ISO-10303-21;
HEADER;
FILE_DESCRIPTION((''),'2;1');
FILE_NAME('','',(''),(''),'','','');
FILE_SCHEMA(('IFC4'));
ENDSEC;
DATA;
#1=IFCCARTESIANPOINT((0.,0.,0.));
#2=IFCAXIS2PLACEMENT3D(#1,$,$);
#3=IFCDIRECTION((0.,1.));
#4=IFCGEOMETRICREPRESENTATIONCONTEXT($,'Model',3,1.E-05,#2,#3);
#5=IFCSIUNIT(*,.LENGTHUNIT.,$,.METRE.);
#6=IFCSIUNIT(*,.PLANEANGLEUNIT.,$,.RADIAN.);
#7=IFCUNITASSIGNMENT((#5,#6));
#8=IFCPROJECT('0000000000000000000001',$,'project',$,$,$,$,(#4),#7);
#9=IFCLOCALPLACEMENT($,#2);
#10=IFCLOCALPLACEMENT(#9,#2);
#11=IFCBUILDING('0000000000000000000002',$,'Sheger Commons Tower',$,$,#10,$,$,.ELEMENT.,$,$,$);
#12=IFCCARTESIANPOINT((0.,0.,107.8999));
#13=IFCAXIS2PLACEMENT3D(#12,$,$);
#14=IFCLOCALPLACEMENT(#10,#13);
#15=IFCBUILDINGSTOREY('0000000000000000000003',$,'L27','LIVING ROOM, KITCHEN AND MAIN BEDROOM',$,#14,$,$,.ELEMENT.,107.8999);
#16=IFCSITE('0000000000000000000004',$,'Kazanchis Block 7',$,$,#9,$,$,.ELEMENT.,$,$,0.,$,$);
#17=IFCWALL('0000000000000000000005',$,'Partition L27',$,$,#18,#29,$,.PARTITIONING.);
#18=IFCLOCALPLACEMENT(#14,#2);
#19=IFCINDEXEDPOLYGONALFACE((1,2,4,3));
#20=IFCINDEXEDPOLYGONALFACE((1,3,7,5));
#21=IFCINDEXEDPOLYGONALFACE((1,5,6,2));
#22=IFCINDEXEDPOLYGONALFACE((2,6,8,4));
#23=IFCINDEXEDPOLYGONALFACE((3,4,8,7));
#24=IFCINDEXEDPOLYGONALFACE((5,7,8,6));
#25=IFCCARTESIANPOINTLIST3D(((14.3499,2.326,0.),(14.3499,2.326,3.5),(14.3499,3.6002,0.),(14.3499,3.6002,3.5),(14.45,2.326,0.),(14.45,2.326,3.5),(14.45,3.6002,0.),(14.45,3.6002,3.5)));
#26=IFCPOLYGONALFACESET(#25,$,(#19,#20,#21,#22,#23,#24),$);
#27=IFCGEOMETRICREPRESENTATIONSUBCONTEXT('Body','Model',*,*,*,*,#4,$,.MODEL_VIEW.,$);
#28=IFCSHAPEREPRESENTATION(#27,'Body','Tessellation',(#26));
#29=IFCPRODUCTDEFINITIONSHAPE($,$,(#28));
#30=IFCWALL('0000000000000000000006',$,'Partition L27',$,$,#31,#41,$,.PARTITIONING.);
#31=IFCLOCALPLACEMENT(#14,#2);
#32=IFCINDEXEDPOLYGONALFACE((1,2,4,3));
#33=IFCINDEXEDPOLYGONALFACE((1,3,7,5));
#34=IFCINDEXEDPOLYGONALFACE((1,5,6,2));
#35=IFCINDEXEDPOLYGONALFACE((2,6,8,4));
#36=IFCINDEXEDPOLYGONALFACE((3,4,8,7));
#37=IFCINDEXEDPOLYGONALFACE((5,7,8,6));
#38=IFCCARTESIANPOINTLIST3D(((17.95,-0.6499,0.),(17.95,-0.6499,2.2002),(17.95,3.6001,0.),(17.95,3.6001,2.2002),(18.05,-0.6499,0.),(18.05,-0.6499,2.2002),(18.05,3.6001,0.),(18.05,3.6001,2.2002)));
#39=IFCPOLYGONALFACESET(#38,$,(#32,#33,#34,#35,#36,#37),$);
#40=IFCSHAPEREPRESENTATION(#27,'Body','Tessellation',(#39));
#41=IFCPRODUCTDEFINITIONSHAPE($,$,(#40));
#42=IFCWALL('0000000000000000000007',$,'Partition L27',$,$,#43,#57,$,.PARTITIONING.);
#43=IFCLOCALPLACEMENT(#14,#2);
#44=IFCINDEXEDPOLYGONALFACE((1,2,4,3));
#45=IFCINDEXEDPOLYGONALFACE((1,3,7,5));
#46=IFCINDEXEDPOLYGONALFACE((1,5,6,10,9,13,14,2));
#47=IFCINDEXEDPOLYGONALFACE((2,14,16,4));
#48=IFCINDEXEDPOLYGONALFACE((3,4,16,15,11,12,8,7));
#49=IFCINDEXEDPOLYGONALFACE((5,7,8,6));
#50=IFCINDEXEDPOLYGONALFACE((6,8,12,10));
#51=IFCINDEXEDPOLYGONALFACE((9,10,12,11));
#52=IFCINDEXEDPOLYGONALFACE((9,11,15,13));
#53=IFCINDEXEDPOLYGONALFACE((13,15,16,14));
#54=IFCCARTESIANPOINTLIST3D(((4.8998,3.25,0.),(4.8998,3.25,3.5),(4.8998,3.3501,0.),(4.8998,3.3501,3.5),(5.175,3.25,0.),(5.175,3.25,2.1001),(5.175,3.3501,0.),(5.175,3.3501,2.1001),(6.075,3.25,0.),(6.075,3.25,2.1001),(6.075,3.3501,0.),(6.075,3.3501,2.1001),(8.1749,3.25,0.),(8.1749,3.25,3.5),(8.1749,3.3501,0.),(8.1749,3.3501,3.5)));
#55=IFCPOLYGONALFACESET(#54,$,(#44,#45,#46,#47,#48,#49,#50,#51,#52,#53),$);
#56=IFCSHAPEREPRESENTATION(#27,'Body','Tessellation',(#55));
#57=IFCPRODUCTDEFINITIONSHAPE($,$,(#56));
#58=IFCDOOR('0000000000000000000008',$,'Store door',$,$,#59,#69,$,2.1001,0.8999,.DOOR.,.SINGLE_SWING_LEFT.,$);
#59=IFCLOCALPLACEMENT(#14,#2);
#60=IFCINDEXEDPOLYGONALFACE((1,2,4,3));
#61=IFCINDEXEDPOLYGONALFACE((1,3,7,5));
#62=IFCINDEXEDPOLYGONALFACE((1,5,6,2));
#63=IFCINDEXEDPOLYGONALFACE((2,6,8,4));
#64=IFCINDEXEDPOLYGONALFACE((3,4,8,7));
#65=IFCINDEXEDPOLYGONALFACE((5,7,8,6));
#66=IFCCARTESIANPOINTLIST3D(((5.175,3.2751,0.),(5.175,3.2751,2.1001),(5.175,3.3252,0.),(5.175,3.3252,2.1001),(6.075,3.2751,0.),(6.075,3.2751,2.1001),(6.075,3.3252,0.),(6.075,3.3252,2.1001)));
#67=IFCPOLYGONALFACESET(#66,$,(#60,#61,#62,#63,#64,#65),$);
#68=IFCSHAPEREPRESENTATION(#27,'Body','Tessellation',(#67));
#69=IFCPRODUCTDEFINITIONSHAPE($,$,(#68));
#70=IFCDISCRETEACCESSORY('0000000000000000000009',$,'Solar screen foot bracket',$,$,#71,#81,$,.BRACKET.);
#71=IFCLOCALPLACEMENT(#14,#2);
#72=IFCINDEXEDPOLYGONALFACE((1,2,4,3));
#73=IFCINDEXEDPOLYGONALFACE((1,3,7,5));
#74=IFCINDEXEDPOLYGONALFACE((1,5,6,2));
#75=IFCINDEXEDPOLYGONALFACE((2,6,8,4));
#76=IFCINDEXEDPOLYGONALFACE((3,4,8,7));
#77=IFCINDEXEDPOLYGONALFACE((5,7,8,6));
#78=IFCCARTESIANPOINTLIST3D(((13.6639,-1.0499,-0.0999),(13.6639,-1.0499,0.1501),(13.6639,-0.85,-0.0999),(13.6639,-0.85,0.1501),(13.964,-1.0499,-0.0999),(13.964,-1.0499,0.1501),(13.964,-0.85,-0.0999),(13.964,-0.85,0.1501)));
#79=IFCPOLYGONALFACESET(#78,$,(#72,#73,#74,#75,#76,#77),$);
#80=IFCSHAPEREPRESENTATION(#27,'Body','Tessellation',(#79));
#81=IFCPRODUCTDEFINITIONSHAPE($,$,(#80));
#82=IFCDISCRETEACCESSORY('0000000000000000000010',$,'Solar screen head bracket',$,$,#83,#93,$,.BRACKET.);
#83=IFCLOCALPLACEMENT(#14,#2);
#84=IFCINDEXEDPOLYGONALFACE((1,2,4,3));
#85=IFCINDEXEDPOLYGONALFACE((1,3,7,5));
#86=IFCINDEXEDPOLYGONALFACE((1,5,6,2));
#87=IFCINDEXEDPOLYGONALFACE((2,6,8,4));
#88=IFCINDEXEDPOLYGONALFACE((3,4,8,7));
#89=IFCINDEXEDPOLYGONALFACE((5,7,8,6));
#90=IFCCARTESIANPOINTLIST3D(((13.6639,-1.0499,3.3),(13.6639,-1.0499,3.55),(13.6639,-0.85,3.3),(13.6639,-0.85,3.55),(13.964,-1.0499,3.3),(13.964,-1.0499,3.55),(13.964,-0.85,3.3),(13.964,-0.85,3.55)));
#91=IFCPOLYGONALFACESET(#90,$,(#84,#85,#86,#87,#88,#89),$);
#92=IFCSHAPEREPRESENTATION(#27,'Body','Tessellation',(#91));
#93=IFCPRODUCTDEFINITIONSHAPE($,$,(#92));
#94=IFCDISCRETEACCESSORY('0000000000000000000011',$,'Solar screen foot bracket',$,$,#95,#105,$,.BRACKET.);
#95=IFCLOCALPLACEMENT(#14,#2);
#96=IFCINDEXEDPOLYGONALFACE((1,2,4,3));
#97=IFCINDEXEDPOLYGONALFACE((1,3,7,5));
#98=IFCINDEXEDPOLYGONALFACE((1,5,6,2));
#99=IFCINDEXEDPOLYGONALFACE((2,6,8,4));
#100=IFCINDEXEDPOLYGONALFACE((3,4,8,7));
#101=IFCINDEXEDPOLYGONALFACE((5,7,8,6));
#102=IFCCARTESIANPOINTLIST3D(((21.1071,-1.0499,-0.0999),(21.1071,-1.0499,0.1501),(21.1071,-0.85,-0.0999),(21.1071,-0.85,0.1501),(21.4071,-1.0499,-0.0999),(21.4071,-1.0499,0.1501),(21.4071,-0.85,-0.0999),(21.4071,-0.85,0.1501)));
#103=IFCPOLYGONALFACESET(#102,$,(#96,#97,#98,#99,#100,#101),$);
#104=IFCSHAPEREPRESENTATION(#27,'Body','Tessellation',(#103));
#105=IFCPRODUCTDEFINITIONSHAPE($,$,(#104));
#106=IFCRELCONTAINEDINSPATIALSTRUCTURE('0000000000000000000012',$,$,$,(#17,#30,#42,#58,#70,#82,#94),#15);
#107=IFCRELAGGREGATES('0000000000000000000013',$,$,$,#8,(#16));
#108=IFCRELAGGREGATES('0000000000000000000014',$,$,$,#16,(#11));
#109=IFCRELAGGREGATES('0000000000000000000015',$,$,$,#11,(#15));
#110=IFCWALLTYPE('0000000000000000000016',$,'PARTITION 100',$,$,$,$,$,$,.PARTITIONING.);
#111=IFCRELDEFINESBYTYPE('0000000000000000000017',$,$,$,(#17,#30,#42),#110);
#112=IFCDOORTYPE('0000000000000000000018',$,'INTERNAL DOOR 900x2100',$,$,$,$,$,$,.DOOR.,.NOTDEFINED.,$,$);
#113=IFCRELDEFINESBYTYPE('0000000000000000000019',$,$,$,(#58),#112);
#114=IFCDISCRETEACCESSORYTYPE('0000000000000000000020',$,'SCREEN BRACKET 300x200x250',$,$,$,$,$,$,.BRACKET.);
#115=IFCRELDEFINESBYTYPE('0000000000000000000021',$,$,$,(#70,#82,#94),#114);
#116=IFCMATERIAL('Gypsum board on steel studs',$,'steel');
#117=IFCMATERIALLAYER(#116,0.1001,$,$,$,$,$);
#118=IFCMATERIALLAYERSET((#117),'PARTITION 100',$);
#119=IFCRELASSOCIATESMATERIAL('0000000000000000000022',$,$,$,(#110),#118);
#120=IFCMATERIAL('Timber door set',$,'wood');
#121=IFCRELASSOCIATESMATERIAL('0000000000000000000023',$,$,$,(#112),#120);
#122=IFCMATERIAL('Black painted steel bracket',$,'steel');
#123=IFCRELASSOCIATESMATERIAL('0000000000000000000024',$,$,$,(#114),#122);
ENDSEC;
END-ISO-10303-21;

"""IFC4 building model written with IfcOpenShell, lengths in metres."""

from ifc_helpers import new_model, si_unit, direction, frame, frame_2d, origin, origin_2d, place, context, subcontext, project, spatial, rectangle, extrude, material, layer, layer_set, type_object, element, fill, save


model = new_model("IFC4")

# Units and contexts
model_context = context("Model", 3, precision=1e-05, world=origin(), true_north=direction((0.0, 1.0)))
body_context = subcontext(model_context, "Body", "Model", "MODEL_VIEW")
ifc_project = project(units=[si_unit("LENGTHUNIT", "METRE"), si_unit("PLANEANGLEUNIT", "RADIAN")], contexts=[model_context])

# Site, building, storey
site_placement = place(None, origin())
site = spatial("IfcSite", under=ifc_project, at=site_placement, Name="Kazanchis Block 7", CompositionType="ELEMENT", RefElevation=0.0)
building_placement = place(site_placement, origin())
building = spatial("IfcBuilding", under=site, at=building_placement, Name="Sheger Commons Tower", CompositionType="ELEMENT")
storey_placement = place(building_placement, frame((0.0, 0.0, 107.8999)))
storey = spatial("IfcBuildingStorey", under=building, at=storey_placement, Name="L27", Description="LIVING ROOM, KITCHEN AND MAIN BEDROOM", CompositionType="ELEMENT", Elevation=107.8999)

# Walls
ifc_material_1 = material(Name="Gypsum board on steel studs", Category="steel")
ifc_layer_1 = layer(ifc_material_1, 0.1001)
ifc_layer_set_1 = layer_set([ifc_layer_1], Name="PARTITION 100")
wall_type_1 = type_object("IfcWallType", Name="PARTITION 100", PredefinedType="PARTITIONING", material=ifc_layer_set_1)
wall_1_placement = place(storey_placement, frame((14.3999, 2.3259, 0.0), z_axis=(0.0, 0.0, 1.0), x_axis=(0.0, 1.0, 0.0)))
element("IfcWall", 1, at=wall_1_placement, inside=storey, type_object=wall_type_1, Name="Partition L27", PredefinedType="PARTITIONING", context=body_context, shape_type="SweptSolid", body=[
    extrude(rectangle(XDim=1.2742, YDim=0.1001, at=frame_2d((0.6372, 0.0))), origin(), (0.0, 0.0, 1.0), 3.5),
])
wall_2_placement = place(storey_placement, frame((18.0, -0.6499, 0.0), z_axis=(0.0, 0.0, 1.0), x_axis=(0.0, 1.0, 0.0)))
element("IfcWall", 2, at=wall_2_placement, inside=storey, type_object=wall_type_1, Name="Partition L27", PredefinedType="PARTITIONING", context=body_context, shape_type="SweptSolid", body=[
    extrude(rectangle(XDim=4.25, YDim=0.1001, at=frame_2d((2.125, 0.0))), origin(), (0.0, 0.0, 1.0), 2.2002),
])

# Wall, opening, door
wall_3_placement = place(storey_placement, frame((8.175, 3.3, 0.0), z_axis=(0.0, 0.0, 1.0), x_axis=(-1.0, 0.0, 0.0)))
wall_3 = element("IfcWall", 3, at=wall_3_placement, inside=storey, type_object=wall_type_1, Name="Partition L27", PredefinedType="PARTITIONING", context=body_context, shape_type="SweptSolid", body=[
    extrude(rectangle(XDim=3.2751, YDim=0.1001, at=frame_2d((1.6377, 0.0))), origin(), (0.0, 0.0, 1.0), 3.5),
])
opening_1_placement = place(wall_3_placement, frame((2.1001, 0.0, 0.0)))
opening_1 = element("IfcOpeningElement", 4, at=opening_1_placement, cuts=wall_3, PredefinedType="OPENING", context=body_context, shape_type="SweptSolid", body=[
    extrude(rectangle(XDim=0.8999, YDim=2.1001, at=frame_2d((0.45, 1.05))), frame((0.0, 0.0601, 0.0), z_axis=(0.0, -1.0, 0.0), x_axis=(1.0, 0.0, 0.0)), (0.0, 0.0, 1.0), 0.1201),
])
ifc_material_2 = material(Name="Timber door set", Category="wood")
door_type_1 = type_object("IfcDoorType", Name="INTERNAL DOOR 900x2100", OperationType="NOTDEFINED", PredefinedType="DOOR", material=ifc_material_2)
door_1_placement = place(opening_1_placement, origin())
door_1 = element("IfcDoor", 5, at=door_1_placement, inside=storey, type_object=door_type_1, Name="Store door", OperationType="SINGLE_SWING_LEFT", OverallHeight=2.1001, OverallWidth=0.8999, PredefinedType="DOOR", context=body_context, shape_type="SweptSolid", body=[
    extrude(rectangle(XDim=0.8999, YDim=2.1001, at=frame_2d((0.45, 1.05))), frame((0.0, 0.0249, 0.0), z_axis=(0.0, -1.0, 0.0), x_axis=(1.0, 0.0, 0.0)), (0.0, 0.0, 1.0), 0.05),
])
fill(opening_1, door_1)

# Discrete accessories
ifc_material_3 = material(Name="Black painted steel bracket", Category="steel")
discrete_accessory_type = type_object("IfcDiscreteAccessoryType", Name="SCREEN BRACKET 300x200x250", PredefinedType="BRACKET", material=ifc_material_3)
for number, where, z_axis, x_axis, name in (
    (6, (13.814, -0.95, -0.0999), (0.0, 0.0, 1.0), (1.0, 0.0, 0.0), "Solar screen foot bracket"),
    (7, (13.814, -0.95, 3.3), (0.0, 0.0, 1.0), (1.0, 0.0, 0.0), "Solar screen head bracket"),
    (8, (21.2571, -0.95, -0.0999), (0.0, 0.0, 1.0), (1.0, 0.0, 0.0), "Solar screen foot bracket"),
):
    element("IfcDiscreteAccessory", number, at=place(storey_placement, frame(where, z_axis=z_axis, x_axis=x_axis)), inside=storey, type_object=discrete_accessory_type, Name=name, PredefinedType="BRACKET", context=body_context, shape_type="SweptSolid", body=[
        extrude(rectangle(XDim=0.3, YDim=0.2, at=origin_2d()), origin(), (0.0, 0.0, 1.0), 0.25),
    ])

save(model, "model.ifc")
